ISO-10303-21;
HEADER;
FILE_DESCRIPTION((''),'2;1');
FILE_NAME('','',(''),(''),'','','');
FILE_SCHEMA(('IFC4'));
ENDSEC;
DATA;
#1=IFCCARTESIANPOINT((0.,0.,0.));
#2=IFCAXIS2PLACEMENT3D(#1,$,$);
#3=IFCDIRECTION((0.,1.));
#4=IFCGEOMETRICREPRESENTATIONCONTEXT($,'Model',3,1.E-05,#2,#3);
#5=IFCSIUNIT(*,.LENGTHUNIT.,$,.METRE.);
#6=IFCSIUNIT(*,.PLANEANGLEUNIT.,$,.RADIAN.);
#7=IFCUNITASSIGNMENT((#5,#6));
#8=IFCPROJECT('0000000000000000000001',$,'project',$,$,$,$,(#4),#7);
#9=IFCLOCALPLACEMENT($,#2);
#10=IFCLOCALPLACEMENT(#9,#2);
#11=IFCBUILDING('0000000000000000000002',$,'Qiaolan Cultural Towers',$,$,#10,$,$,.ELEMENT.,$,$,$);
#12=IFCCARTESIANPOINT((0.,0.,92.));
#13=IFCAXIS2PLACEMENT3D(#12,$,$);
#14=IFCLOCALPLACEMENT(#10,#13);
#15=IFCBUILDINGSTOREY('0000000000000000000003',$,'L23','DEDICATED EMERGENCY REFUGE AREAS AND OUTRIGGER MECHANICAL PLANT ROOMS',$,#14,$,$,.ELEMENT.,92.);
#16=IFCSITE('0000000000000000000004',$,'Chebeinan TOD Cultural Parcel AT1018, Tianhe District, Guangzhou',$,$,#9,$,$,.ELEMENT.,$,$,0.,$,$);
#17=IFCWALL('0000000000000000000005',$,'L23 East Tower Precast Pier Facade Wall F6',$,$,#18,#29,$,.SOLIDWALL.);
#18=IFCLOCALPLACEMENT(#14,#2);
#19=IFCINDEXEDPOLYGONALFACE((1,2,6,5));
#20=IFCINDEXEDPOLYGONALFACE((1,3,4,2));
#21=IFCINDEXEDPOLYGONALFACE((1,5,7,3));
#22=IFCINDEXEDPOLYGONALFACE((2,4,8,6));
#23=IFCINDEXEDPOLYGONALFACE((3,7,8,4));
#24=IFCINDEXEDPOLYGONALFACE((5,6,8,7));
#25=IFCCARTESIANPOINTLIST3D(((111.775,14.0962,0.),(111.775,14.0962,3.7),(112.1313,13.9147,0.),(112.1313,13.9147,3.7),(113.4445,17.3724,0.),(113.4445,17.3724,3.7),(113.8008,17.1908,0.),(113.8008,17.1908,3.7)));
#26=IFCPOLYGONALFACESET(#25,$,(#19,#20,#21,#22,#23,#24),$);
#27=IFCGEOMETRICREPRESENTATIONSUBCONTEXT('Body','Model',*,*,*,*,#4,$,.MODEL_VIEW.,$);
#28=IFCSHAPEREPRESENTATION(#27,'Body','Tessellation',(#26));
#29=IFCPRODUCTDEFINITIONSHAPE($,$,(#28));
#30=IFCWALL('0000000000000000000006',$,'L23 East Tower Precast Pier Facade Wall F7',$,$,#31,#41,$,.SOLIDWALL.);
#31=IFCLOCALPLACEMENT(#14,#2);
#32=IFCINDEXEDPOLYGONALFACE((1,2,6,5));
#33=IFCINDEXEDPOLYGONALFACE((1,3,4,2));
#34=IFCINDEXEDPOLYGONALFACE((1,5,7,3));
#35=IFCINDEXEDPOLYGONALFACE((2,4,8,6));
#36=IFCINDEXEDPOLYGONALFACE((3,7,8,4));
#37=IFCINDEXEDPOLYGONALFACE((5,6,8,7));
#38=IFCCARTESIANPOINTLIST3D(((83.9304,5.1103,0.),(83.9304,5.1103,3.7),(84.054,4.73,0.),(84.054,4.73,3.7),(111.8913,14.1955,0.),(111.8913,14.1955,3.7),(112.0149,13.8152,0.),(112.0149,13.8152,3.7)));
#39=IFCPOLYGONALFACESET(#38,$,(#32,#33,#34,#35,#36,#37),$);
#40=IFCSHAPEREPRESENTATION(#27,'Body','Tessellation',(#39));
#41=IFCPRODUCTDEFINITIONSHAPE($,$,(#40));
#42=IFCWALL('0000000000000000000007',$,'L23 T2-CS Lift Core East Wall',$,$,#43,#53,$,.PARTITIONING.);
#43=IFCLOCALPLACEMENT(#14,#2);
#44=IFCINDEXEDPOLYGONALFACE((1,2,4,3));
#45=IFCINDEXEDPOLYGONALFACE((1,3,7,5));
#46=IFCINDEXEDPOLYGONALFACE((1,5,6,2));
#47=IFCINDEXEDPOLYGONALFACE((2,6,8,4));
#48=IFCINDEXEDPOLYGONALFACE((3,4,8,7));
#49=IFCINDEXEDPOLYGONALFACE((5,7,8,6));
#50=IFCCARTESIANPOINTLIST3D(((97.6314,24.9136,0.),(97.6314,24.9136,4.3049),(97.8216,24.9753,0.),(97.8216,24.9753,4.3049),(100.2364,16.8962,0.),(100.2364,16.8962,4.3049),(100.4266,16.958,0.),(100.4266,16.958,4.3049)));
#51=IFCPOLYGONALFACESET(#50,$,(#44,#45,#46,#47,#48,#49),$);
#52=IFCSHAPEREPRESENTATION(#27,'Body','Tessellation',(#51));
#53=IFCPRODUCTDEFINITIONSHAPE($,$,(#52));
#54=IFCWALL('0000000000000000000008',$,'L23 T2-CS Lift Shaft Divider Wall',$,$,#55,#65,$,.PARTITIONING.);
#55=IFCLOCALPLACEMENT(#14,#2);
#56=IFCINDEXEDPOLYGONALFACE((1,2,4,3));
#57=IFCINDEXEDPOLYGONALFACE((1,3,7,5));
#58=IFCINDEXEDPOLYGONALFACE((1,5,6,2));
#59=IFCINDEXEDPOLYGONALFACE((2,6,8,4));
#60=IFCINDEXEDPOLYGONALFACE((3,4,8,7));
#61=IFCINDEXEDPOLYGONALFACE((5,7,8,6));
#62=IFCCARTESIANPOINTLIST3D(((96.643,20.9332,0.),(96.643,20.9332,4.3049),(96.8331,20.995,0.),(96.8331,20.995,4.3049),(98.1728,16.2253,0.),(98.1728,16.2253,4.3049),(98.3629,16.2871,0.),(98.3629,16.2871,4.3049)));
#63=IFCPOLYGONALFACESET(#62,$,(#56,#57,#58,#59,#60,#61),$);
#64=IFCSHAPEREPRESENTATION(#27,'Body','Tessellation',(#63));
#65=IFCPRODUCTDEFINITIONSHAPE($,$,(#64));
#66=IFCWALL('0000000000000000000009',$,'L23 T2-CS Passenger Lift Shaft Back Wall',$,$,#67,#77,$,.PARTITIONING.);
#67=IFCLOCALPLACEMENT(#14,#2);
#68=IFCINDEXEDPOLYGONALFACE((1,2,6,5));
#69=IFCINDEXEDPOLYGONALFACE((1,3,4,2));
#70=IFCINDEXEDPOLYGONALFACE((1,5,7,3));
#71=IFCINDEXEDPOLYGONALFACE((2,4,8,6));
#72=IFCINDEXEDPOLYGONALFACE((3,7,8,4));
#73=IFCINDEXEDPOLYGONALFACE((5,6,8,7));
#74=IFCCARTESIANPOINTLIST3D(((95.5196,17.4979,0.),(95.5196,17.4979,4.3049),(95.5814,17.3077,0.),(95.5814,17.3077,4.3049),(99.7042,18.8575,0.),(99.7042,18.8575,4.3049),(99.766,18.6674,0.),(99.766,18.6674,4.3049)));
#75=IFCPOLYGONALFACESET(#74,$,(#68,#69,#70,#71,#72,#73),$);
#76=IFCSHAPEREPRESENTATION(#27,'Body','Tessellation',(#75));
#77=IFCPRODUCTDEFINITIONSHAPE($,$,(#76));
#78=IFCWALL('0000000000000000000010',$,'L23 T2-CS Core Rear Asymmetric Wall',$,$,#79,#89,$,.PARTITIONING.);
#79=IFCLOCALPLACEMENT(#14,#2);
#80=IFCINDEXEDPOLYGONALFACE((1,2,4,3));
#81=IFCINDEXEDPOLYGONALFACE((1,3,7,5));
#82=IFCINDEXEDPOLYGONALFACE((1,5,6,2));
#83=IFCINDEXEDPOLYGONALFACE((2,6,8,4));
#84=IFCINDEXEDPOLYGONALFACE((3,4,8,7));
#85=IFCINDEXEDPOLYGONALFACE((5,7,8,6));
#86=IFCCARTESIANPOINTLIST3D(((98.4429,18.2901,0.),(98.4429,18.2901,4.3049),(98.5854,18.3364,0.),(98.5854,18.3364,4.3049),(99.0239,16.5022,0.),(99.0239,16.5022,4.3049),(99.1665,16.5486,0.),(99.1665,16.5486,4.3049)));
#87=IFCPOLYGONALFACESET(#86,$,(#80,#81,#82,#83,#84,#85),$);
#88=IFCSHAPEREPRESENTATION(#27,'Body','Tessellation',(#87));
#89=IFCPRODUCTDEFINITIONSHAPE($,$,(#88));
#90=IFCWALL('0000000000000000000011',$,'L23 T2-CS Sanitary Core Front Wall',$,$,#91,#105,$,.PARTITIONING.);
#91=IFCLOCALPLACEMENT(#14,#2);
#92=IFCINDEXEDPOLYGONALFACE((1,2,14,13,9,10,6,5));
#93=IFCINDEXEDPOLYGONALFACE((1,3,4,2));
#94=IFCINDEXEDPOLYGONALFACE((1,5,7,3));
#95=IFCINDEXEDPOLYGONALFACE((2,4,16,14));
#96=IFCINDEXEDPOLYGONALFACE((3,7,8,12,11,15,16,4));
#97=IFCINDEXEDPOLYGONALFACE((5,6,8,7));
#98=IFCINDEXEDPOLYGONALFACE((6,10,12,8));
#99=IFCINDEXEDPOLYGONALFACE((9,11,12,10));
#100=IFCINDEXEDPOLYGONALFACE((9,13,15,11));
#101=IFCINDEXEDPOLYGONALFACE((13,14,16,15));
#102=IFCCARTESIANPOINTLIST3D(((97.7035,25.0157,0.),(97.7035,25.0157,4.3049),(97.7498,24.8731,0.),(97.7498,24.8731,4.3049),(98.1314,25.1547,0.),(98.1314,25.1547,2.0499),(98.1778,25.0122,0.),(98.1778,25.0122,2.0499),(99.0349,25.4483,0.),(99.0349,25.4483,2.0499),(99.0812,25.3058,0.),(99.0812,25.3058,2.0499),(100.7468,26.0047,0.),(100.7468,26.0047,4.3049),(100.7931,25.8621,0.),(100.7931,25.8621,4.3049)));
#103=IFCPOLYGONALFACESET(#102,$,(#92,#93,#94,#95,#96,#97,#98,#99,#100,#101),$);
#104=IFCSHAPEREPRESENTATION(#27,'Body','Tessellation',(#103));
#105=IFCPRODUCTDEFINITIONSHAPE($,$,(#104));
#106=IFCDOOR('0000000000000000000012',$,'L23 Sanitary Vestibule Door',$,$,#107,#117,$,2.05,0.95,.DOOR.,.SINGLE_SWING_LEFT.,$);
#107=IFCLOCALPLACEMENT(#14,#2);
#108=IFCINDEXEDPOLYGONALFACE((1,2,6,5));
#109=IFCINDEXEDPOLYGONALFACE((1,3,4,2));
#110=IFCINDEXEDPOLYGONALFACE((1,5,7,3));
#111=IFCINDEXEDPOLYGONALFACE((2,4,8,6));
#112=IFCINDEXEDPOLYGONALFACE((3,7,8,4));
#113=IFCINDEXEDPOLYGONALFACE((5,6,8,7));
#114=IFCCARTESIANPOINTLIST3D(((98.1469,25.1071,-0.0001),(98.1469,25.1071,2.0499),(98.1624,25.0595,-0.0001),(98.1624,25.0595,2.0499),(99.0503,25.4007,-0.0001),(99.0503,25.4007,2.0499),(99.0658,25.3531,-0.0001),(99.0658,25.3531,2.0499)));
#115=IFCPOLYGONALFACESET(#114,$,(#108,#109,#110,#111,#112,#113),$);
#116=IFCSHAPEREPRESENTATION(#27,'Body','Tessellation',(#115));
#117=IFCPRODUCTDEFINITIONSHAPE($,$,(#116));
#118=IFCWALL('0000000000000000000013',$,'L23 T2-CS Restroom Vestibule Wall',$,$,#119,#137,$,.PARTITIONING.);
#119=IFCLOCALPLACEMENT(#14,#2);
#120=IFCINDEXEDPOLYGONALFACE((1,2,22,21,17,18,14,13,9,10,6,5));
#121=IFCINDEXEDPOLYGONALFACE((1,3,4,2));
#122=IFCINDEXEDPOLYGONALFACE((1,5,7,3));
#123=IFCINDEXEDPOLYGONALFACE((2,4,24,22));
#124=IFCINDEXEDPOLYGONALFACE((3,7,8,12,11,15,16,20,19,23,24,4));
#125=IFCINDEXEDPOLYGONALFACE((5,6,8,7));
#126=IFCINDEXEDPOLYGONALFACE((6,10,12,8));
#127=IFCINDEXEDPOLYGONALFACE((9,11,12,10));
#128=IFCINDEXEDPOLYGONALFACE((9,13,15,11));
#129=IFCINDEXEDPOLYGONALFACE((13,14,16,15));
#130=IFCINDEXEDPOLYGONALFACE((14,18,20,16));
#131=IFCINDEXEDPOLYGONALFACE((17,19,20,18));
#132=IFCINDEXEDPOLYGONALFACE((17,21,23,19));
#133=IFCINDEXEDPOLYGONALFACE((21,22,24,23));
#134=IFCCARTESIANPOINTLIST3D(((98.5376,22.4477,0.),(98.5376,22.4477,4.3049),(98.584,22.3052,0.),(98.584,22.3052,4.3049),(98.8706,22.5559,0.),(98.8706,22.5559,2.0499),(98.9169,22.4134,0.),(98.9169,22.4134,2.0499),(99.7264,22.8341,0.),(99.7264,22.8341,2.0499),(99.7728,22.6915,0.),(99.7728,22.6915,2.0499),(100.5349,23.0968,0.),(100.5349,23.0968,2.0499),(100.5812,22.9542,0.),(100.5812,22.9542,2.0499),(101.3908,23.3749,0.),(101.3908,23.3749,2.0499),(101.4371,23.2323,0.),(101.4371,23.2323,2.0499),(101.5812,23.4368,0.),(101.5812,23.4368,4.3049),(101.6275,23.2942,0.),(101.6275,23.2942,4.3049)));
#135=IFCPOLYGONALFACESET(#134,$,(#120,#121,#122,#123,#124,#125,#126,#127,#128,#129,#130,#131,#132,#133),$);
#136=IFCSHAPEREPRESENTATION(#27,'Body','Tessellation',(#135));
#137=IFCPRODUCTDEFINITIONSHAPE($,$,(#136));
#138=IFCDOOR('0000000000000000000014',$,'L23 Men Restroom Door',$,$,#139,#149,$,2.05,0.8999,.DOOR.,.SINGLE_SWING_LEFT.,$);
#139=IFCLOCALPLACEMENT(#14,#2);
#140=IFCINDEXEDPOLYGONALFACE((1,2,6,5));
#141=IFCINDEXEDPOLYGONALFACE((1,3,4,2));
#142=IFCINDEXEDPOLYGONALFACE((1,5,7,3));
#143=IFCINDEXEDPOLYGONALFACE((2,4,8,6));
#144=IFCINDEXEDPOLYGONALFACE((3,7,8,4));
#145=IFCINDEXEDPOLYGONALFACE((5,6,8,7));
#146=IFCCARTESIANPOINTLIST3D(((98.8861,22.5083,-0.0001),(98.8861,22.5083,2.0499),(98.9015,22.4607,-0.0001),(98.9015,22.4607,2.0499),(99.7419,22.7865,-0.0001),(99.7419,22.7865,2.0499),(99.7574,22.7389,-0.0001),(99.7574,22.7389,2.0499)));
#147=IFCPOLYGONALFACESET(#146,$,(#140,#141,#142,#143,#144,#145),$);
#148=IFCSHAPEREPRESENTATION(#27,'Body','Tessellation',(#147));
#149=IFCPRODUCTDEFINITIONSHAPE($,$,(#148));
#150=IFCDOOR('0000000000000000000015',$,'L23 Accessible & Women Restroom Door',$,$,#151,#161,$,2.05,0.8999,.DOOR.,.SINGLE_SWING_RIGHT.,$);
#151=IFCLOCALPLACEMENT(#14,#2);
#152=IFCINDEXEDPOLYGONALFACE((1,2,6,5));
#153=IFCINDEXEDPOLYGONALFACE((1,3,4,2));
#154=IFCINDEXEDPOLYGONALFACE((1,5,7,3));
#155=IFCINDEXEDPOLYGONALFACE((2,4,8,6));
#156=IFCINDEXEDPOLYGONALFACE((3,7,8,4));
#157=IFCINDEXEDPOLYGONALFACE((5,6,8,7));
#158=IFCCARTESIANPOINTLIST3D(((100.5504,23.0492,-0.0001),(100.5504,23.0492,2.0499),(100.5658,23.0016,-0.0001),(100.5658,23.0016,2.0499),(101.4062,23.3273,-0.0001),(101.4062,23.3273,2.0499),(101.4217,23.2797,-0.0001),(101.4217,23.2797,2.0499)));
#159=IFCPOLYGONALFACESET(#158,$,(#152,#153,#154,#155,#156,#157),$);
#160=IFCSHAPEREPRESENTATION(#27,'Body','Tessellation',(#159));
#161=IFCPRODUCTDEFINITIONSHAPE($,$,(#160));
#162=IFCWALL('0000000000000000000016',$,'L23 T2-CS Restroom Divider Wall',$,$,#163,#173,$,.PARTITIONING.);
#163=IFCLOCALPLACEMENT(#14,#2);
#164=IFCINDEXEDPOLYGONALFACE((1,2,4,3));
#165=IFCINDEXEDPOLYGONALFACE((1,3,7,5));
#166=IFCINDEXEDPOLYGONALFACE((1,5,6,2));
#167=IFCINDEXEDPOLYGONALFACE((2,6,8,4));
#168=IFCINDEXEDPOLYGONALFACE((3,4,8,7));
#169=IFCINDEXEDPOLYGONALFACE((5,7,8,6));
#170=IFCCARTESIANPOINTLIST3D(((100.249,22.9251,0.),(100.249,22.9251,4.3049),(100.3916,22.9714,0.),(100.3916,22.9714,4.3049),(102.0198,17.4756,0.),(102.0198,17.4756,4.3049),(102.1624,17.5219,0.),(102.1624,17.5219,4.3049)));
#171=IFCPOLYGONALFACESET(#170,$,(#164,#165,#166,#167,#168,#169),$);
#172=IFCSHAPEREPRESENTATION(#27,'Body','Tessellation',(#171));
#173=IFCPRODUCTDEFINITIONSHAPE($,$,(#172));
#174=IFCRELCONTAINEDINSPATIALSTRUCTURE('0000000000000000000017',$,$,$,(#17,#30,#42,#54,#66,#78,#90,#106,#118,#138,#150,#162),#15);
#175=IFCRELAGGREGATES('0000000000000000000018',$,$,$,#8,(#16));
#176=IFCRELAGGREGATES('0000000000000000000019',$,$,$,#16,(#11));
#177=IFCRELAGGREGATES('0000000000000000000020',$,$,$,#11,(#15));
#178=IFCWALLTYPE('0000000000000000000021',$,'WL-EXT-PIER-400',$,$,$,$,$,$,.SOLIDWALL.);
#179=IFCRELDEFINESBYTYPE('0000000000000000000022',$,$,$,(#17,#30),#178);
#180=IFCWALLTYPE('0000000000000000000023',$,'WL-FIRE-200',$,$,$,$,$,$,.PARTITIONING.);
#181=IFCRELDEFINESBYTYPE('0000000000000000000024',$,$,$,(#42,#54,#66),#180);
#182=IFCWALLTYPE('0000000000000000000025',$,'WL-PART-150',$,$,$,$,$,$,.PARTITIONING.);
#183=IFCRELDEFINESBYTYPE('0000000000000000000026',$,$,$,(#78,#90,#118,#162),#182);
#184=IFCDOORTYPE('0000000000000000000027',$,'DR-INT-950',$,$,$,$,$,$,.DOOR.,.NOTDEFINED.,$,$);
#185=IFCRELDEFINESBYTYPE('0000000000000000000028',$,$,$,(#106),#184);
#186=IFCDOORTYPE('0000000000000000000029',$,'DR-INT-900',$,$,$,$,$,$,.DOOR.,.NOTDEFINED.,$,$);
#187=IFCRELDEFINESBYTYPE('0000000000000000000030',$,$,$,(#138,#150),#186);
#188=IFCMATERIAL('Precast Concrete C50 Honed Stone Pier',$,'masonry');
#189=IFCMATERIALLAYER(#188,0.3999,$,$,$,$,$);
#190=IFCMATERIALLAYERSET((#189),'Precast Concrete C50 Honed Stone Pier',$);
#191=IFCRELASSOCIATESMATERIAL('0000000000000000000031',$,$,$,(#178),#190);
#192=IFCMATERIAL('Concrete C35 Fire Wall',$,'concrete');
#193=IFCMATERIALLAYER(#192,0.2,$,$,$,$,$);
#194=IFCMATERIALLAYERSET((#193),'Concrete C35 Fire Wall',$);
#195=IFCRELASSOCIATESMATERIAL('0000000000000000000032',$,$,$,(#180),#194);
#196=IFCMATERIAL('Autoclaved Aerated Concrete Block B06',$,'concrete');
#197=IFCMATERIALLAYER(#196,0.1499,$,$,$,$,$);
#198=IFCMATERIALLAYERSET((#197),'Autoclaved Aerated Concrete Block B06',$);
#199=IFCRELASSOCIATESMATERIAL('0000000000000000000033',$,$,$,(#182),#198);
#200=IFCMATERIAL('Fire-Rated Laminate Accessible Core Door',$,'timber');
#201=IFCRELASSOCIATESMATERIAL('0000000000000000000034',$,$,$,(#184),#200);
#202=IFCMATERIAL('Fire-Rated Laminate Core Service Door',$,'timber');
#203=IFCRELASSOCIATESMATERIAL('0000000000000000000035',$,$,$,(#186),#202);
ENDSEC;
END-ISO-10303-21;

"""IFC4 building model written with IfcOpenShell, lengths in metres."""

from ifc_helpers import new_model, si_unit, direction, frame, frame_2d, origin, place, context, subcontext, project, spatial, rectangle, extrude, material, layer, layer_set, type_object, element, fill, save


model = new_model("IFC4")

# Units and contexts
model_context = context("Model", 3, precision=1e-05, world=origin(), true_north=direction((0.0, 1.0)))
body_context = subcontext(model_context, "Body", "Model", "MODEL_VIEW")
ifc_project = project(units=[si_unit("LENGTHUNIT", "METRE"), si_unit("PLANEANGLEUNIT", "RADIAN")], contexts=[model_context])

# Site, building, storey
site_placement = place(None, origin())
site = spatial("IfcSite", under=ifc_project, at=site_placement, Name="Chebeinan TOD Cultural Parcel AT1018, Tianhe District, Guangzhou", CompositionType="ELEMENT", RefElevation=0.0)
building_placement = place(site_placement, origin())
building = spatial("IfcBuilding", under=site, at=building_placement, Name="Qiaolan Cultural Towers", CompositionType="ELEMENT")
storey_placement = place(building_placement, frame((0.0, 0.0, 92.0)))
storey = spatial("IfcBuildingStorey", under=building, at=storey_placement, Name="L23", Description="DEDICATED EMERGENCY REFUGE AREAS AND OUTRIGGER MECHANICAL PLANT ROOMS", CompositionType="ELEMENT", Elevation=92.0)

# Walls
ifc_material_1 = material(Name="Precast Concrete C50 Honed Stone Pier", Category="masonry")
ifc_layer_1 = layer(ifc_material_1, 0.3999)
ifc_layer_set_1 = layer_set([ifc_layer_1], Name="Precast Concrete C50 Honed Stone Pier")
wall_type_1 = type_object("IfcWallType", Name="WL-EXT-PIER-400", PredefinedType="SOLIDWALL", material=ifc_layer_set_1)
wall_1_placement = place(storey_placement, frame((113.6226, 17.2815, 0.0), z_axis=(0.0, 0.0, 1.0), x_axis=(-0.454026, -0.890988, 0.0)))
element("IfcWall", 1, at=wall_1_placement, inside=storey, type_object=wall_type_1, Name="L23 East Tower Precast Pier Facade Wall F6", PredefinedType="SOLIDWALL", context=body_context, shape_type="SweptSolid", body=[
    extrude(rectangle(XDim=3.677, YDim=0.3999, at=frame_2d((1.8384, 0.0))), origin(), (0.0, 0.0, 1.0), 3.7),
])
wall_2_placement = place(storey_placement, frame((111.9531, 14.0054, 0.0), z_axis=(0.0, 0.0, 1.0), x_axis=(-0.951055, -0.309021, 0.0)))
element("IfcWall", 2, at=wall_2_placement, inside=storey, type_object=wall_type_1, Name="L23 East Tower Precast Pier Facade Wall F7", PredefinedType="SOLIDWALL", context=body_context, shape_type="SweptSolid", body=[
    extrude(rectangle(XDim=29.3999, YDim=0.3999, at=frame_2d((14.7, 0.0))), origin(), (0.0, 0.0, 1.0), 3.7),
])
ifc_material_2 = material(Name="Concrete C35 Fire Wall", Category="concrete")
ifc_layer_2 = layer(ifc_material_2, 0.2)
ifc_layer_set_2 = layer_set([ifc_layer_2], Name="Concrete C35 Fire Wall")
wall_type_2 = type_object("IfcWallType", Name="WL-FIRE-200", PredefinedType="PARTITIONING", material=ifc_layer_set_2)
wall_3_placement = place(storey_placement, frame((97.7266, 24.9443, 0.0), z_axis=(0.0, 0.0, 1.0), x_axis=(0.309016, -0.951057, 0.0)))
element("IfcWall", 3, at=wall_3_placement, inside=storey, type_object=wall_type_2, Name="L23 T2-CS Lift Core East Wall", PredefinedType="PARTITIONING", context=body_context, shape_type="SweptSolid", body=[
    extrude(rectangle(XDim=8.4299, YDim=0.2, at=frame_2d((4.2148, 0.0))), origin(), (0.0, 0.0, 1.0), 4.3049),
])
wall_4_placement = place(storey_placement, frame((96.738, 20.9641, 0.0), z_axis=(0.0, 0.0, 1.0), x_axis=(0.309043, -0.951048, 0.0)))
element("IfcWall", 4, at=wall_4_placement, inside=storey, type_object=wall_type_2, Name="L23 T2-CS Lift Shaft Divider Wall", PredefinedType="PARTITIONING", context=body_context, shape_type="SweptSolid", body=[
    extrude(rectangle(XDim=4.9502, YDim=0.2, at=frame_2d((2.4751, 0.0))), origin(), (0.0, 0.0, 1.0), 4.3049),
])
wall_5_placement = place(storey_placement, frame((95.5505, 17.4028, 0.0), z_axis=(0.0, 0.0, 1.0), x_axis=(0.951059, 0.309011, 0.0)))
element("IfcWall", 5, at=wall_5_placement, inside=storey, type_object=wall_type_2, Name="L23 T2-CS Passenger Lift Shaft Back Wall", PredefinedType="PARTITIONING", context=body_context, shape_type="SweptSolid", body=[
    extrude(rectangle(XDim=4.3999, YDim=0.2, at=frame_2d((2.2, 0.0))), origin(), (0.0, 0.0, 1.0), 4.3049),
])
ifc_material_3 = material(Name="Autoclaved Aerated Concrete Block B06", Category="concrete")
ifc_layer_3 = layer(ifc_material_3, 0.1499)
ifc_layer_set_3 = layer_set([ifc_layer_3], Name="Autoclaved Aerated Concrete Block B06")
wall_type_3 = type_object("IfcWallType", Name="WL-PART-150", PredefinedType="PARTITIONING", material=ifc_layer_set_3)
wall_6_placement = place(storey_placement, frame((98.5142, 18.3132, 0.0), z_axis=(0.0, 0.0, 1.0), x_axis=(0.309089, -0.951033, 0.0)))
element("IfcWall", 6, at=wall_6_placement, inside=storey, type_object=wall_type_3, Name="L23 T2-CS Core Rear Asymmetric Wall", PredefinedType="PARTITIONING", context=body_context, shape_type="SweptSolid", body=[
    extrude(rectangle(XDim=1.8799, YDim=0.1499, at=frame_2d((0.9399, 0.0))), origin(), (0.0, 0.0, 1.0), 4.3049),
])

# Wall, opening, door
wall_7_placement = place(storey_placement, frame((97.7266, 24.9443, 0.0), z_axis=(0.0, 0.0, 1.0), x_axis=(0.951037, 0.309077, 0.0)))
wall_7 = element("IfcWall", 7, at=wall_7_placement, inside=storey, type_object=wall_type_3, Name="L23 T2-CS Sanitary Core Front Wall", PredefinedType="PARTITIONING", context=body_context, shape_type="SweptSolid", body=[
    extrude(rectangle(XDim=3.2, YDim=0.1499, at=frame_2d((1.6001, 0.0))), origin(), (0.0, 0.0, 1.0), 4.3049),
])
opening_1_placement = place(wall_7_placement, frame((0.45, 0.0, 0.0)))
opening_1 = element("IfcOpeningElement", 8, at=opening_1_placement, cuts=wall_7, PredefinedType="OPENING", context=body_context, shape_type="SweptSolid", body=[
    extrude(rectangle(XDim=0.95, YDim=2.05, at=frame_2d((0.4751, 1.0249))), frame((0.0, 0.085, 0.0), z_axis=(0.0, -1.0, 0.0), x_axis=(1.0, 0.0, 0.0)), (0.0, 0.0, 1.0), 0.1699),
])
ifc_material_4 = material(Name="Fire-Rated Laminate Accessible Core Door", Category="timber")
door_type_1 = type_object("IfcDoorType", Name="DR-INT-950", OperationType="NOTDEFINED", PredefinedType="DOOR", material=ifc_material_4)
door_1_placement = place(opening_1_placement, origin())
door_1 = element("IfcDoor", 9, at=door_1_placement, inside=storey, type_object=door_type_1, Name="L23 Sanitary Vestibule Door", OperationType="SINGLE_SWING_LEFT", OverallHeight=2.05, OverallWidth=0.95, PredefinedType="DOOR", context=body_context, shape_type="SweptSolid", body=[
    extrude(rectangle(XDim=0.95, YDim=2.05, at=frame_2d((0.4751, 1.0249))), frame((0.0, 0.0249, 0.0), z_axis=(0.0, -1.0, 0.0), x_axis=(1.0, 0.0, 0.0)), (0.0, 0.0, 1.0), 0.05),
])
fill(opening_1, door_1)

# Wall, openings, doors
wall_8_placement = place(storey_placement, frame((98.5608, 22.3765, 0.0), z_axis=(0.0, 0.0, 1.0), x_axis=(0.951044, 0.309055, 0.0)))
wall_8 = element("IfcWall", 10, at=wall_8_placement, inside=storey, type_object=wall_type_3, Name="L23 T2-CS Restroom Vestibule Wall", PredefinedType="PARTITIONING", context=body_context, shape_type="SweptSolid", body=[
    extrude(rectangle(XDim=3.2002, YDim=0.1499, at=frame_2d((1.6001, 0.0))), origin(), (0.0, 0.0, 1.0), 4.3049),
])
opening_2_placement = place(wall_8_placement, frame((0.3501, 0.0, 0.0)))
opening_2 = element("IfcOpeningElement", 11, at=opening_2_placement, cuts=wall_8, PredefinedType="OPENING", context=body_context, shape_type="SweptSolid", body=[
    extrude(rectangle(XDim=0.8999, YDim=2.05, at=frame_2d((0.45, 1.0249))), frame((0.0, 0.085, 0.0), z_axis=(0.0, -1.0, 0.0), x_axis=(1.0, 0.0, 0.0)), (0.0, 0.0, 1.0), 0.1699),
])
opening_3_placement = place(wall_8_placement, frame((2.1001, 0.0, 0.0)))
opening_3 = element("IfcOpeningElement", 12, at=opening_3_placement, cuts=wall_8, PredefinedType="OPENING", context=body_context, shape_type="SweptSolid", body=[
    extrude(rectangle(XDim=0.8999, YDim=2.05, at=frame_2d((0.45, 1.0249))), frame((0.0, 0.085, 0.0), z_axis=(0.0, -1.0, 0.0), x_axis=(1.0, 0.0, 0.0)), (0.0, 0.0, 1.0), 0.1699),
])
ifc_material_5 = material(Name="Fire-Rated Laminate Core Service Door", Category="timber")
door_type_2 = type_object("IfcDoorType", Name="DR-INT-900", OperationType="NOTDEFINED", PredefinedType="DOOR", material=ifc_material_5)
door_2_placement = place(opening_2_placement, origin())
door_2 = element("IfcDoor", 13, at=door_2_placement, inside=storey, type_object=door_type_2, Name="L23 Men Restroom Door", OperationType="SINGLE_SWING_LEFT", OverallHeight=2.05, OverallWidth=0.8999, PredefinedType="DOOR", context=body_context, shape_type="SweptSolid", body=[
    extrude(rectangle(XDim=0.8999, YDim=2.05, at=frame_2d((0.45, 1.0249))), frame((0.0, 0.0249, 0.0), z_axis=(0.0, -1.0, 0.0), x_axis=(1.0, 0.0, 0.0)), (0.0, 0.0, 1.0), 0.05),
])
fill(opening_2, door_2)
door_3_placement = place(opening_3_placement, origin())
door_3 = element("IfcDoor", 14, at=door_3_placement, inside=storey, type_object=door_type_2, Name="L23 Accessible & Women Restroom Door", OperationType="SINGLE_SWING_RIGHT", OverallHeight=2.05, OverallWidth=0.8999, PredefinedType="DOOR", context=body_context, shape_type="SweptSolid", body=[
    extrude(rectangle(XDim=0.8999, YDim=2.05, at=frame_2d((0.45, 1.0249))), frame((0.0, 0.0249, 0.0), z_axis=(0.0, -1.0, 0.0), x_axis=(1.0, 0.0, 0.0)), (0.0, 0.0, 1.0), 0.05),
])
fill(opening_3, door_3)

# Wall
wall_9_placement = place(storey_placement, frame((100.3203, 22.9482, 0.0), z_axis=(0.0, 0.0, 1.0), x_axis=(0.309035, -0.951051, 0.0)))
element("IfcWall", 15, at=wall_9_placement, inside=storey, type_object=wall_type_3, Name="L23 T2-CS Restroom Divider Wall", PredefinedType="PARTITIONING", context=body_context, shape_type="SweptSolid", body=[
    extrude(rectangle(XDim=5.73, YDim=0.1499, at=frame_2d((2.865, 0.0))), origin(), (0.0, 0.0, 1.0), 4.3049),
])

save(model, "model.ifc")
